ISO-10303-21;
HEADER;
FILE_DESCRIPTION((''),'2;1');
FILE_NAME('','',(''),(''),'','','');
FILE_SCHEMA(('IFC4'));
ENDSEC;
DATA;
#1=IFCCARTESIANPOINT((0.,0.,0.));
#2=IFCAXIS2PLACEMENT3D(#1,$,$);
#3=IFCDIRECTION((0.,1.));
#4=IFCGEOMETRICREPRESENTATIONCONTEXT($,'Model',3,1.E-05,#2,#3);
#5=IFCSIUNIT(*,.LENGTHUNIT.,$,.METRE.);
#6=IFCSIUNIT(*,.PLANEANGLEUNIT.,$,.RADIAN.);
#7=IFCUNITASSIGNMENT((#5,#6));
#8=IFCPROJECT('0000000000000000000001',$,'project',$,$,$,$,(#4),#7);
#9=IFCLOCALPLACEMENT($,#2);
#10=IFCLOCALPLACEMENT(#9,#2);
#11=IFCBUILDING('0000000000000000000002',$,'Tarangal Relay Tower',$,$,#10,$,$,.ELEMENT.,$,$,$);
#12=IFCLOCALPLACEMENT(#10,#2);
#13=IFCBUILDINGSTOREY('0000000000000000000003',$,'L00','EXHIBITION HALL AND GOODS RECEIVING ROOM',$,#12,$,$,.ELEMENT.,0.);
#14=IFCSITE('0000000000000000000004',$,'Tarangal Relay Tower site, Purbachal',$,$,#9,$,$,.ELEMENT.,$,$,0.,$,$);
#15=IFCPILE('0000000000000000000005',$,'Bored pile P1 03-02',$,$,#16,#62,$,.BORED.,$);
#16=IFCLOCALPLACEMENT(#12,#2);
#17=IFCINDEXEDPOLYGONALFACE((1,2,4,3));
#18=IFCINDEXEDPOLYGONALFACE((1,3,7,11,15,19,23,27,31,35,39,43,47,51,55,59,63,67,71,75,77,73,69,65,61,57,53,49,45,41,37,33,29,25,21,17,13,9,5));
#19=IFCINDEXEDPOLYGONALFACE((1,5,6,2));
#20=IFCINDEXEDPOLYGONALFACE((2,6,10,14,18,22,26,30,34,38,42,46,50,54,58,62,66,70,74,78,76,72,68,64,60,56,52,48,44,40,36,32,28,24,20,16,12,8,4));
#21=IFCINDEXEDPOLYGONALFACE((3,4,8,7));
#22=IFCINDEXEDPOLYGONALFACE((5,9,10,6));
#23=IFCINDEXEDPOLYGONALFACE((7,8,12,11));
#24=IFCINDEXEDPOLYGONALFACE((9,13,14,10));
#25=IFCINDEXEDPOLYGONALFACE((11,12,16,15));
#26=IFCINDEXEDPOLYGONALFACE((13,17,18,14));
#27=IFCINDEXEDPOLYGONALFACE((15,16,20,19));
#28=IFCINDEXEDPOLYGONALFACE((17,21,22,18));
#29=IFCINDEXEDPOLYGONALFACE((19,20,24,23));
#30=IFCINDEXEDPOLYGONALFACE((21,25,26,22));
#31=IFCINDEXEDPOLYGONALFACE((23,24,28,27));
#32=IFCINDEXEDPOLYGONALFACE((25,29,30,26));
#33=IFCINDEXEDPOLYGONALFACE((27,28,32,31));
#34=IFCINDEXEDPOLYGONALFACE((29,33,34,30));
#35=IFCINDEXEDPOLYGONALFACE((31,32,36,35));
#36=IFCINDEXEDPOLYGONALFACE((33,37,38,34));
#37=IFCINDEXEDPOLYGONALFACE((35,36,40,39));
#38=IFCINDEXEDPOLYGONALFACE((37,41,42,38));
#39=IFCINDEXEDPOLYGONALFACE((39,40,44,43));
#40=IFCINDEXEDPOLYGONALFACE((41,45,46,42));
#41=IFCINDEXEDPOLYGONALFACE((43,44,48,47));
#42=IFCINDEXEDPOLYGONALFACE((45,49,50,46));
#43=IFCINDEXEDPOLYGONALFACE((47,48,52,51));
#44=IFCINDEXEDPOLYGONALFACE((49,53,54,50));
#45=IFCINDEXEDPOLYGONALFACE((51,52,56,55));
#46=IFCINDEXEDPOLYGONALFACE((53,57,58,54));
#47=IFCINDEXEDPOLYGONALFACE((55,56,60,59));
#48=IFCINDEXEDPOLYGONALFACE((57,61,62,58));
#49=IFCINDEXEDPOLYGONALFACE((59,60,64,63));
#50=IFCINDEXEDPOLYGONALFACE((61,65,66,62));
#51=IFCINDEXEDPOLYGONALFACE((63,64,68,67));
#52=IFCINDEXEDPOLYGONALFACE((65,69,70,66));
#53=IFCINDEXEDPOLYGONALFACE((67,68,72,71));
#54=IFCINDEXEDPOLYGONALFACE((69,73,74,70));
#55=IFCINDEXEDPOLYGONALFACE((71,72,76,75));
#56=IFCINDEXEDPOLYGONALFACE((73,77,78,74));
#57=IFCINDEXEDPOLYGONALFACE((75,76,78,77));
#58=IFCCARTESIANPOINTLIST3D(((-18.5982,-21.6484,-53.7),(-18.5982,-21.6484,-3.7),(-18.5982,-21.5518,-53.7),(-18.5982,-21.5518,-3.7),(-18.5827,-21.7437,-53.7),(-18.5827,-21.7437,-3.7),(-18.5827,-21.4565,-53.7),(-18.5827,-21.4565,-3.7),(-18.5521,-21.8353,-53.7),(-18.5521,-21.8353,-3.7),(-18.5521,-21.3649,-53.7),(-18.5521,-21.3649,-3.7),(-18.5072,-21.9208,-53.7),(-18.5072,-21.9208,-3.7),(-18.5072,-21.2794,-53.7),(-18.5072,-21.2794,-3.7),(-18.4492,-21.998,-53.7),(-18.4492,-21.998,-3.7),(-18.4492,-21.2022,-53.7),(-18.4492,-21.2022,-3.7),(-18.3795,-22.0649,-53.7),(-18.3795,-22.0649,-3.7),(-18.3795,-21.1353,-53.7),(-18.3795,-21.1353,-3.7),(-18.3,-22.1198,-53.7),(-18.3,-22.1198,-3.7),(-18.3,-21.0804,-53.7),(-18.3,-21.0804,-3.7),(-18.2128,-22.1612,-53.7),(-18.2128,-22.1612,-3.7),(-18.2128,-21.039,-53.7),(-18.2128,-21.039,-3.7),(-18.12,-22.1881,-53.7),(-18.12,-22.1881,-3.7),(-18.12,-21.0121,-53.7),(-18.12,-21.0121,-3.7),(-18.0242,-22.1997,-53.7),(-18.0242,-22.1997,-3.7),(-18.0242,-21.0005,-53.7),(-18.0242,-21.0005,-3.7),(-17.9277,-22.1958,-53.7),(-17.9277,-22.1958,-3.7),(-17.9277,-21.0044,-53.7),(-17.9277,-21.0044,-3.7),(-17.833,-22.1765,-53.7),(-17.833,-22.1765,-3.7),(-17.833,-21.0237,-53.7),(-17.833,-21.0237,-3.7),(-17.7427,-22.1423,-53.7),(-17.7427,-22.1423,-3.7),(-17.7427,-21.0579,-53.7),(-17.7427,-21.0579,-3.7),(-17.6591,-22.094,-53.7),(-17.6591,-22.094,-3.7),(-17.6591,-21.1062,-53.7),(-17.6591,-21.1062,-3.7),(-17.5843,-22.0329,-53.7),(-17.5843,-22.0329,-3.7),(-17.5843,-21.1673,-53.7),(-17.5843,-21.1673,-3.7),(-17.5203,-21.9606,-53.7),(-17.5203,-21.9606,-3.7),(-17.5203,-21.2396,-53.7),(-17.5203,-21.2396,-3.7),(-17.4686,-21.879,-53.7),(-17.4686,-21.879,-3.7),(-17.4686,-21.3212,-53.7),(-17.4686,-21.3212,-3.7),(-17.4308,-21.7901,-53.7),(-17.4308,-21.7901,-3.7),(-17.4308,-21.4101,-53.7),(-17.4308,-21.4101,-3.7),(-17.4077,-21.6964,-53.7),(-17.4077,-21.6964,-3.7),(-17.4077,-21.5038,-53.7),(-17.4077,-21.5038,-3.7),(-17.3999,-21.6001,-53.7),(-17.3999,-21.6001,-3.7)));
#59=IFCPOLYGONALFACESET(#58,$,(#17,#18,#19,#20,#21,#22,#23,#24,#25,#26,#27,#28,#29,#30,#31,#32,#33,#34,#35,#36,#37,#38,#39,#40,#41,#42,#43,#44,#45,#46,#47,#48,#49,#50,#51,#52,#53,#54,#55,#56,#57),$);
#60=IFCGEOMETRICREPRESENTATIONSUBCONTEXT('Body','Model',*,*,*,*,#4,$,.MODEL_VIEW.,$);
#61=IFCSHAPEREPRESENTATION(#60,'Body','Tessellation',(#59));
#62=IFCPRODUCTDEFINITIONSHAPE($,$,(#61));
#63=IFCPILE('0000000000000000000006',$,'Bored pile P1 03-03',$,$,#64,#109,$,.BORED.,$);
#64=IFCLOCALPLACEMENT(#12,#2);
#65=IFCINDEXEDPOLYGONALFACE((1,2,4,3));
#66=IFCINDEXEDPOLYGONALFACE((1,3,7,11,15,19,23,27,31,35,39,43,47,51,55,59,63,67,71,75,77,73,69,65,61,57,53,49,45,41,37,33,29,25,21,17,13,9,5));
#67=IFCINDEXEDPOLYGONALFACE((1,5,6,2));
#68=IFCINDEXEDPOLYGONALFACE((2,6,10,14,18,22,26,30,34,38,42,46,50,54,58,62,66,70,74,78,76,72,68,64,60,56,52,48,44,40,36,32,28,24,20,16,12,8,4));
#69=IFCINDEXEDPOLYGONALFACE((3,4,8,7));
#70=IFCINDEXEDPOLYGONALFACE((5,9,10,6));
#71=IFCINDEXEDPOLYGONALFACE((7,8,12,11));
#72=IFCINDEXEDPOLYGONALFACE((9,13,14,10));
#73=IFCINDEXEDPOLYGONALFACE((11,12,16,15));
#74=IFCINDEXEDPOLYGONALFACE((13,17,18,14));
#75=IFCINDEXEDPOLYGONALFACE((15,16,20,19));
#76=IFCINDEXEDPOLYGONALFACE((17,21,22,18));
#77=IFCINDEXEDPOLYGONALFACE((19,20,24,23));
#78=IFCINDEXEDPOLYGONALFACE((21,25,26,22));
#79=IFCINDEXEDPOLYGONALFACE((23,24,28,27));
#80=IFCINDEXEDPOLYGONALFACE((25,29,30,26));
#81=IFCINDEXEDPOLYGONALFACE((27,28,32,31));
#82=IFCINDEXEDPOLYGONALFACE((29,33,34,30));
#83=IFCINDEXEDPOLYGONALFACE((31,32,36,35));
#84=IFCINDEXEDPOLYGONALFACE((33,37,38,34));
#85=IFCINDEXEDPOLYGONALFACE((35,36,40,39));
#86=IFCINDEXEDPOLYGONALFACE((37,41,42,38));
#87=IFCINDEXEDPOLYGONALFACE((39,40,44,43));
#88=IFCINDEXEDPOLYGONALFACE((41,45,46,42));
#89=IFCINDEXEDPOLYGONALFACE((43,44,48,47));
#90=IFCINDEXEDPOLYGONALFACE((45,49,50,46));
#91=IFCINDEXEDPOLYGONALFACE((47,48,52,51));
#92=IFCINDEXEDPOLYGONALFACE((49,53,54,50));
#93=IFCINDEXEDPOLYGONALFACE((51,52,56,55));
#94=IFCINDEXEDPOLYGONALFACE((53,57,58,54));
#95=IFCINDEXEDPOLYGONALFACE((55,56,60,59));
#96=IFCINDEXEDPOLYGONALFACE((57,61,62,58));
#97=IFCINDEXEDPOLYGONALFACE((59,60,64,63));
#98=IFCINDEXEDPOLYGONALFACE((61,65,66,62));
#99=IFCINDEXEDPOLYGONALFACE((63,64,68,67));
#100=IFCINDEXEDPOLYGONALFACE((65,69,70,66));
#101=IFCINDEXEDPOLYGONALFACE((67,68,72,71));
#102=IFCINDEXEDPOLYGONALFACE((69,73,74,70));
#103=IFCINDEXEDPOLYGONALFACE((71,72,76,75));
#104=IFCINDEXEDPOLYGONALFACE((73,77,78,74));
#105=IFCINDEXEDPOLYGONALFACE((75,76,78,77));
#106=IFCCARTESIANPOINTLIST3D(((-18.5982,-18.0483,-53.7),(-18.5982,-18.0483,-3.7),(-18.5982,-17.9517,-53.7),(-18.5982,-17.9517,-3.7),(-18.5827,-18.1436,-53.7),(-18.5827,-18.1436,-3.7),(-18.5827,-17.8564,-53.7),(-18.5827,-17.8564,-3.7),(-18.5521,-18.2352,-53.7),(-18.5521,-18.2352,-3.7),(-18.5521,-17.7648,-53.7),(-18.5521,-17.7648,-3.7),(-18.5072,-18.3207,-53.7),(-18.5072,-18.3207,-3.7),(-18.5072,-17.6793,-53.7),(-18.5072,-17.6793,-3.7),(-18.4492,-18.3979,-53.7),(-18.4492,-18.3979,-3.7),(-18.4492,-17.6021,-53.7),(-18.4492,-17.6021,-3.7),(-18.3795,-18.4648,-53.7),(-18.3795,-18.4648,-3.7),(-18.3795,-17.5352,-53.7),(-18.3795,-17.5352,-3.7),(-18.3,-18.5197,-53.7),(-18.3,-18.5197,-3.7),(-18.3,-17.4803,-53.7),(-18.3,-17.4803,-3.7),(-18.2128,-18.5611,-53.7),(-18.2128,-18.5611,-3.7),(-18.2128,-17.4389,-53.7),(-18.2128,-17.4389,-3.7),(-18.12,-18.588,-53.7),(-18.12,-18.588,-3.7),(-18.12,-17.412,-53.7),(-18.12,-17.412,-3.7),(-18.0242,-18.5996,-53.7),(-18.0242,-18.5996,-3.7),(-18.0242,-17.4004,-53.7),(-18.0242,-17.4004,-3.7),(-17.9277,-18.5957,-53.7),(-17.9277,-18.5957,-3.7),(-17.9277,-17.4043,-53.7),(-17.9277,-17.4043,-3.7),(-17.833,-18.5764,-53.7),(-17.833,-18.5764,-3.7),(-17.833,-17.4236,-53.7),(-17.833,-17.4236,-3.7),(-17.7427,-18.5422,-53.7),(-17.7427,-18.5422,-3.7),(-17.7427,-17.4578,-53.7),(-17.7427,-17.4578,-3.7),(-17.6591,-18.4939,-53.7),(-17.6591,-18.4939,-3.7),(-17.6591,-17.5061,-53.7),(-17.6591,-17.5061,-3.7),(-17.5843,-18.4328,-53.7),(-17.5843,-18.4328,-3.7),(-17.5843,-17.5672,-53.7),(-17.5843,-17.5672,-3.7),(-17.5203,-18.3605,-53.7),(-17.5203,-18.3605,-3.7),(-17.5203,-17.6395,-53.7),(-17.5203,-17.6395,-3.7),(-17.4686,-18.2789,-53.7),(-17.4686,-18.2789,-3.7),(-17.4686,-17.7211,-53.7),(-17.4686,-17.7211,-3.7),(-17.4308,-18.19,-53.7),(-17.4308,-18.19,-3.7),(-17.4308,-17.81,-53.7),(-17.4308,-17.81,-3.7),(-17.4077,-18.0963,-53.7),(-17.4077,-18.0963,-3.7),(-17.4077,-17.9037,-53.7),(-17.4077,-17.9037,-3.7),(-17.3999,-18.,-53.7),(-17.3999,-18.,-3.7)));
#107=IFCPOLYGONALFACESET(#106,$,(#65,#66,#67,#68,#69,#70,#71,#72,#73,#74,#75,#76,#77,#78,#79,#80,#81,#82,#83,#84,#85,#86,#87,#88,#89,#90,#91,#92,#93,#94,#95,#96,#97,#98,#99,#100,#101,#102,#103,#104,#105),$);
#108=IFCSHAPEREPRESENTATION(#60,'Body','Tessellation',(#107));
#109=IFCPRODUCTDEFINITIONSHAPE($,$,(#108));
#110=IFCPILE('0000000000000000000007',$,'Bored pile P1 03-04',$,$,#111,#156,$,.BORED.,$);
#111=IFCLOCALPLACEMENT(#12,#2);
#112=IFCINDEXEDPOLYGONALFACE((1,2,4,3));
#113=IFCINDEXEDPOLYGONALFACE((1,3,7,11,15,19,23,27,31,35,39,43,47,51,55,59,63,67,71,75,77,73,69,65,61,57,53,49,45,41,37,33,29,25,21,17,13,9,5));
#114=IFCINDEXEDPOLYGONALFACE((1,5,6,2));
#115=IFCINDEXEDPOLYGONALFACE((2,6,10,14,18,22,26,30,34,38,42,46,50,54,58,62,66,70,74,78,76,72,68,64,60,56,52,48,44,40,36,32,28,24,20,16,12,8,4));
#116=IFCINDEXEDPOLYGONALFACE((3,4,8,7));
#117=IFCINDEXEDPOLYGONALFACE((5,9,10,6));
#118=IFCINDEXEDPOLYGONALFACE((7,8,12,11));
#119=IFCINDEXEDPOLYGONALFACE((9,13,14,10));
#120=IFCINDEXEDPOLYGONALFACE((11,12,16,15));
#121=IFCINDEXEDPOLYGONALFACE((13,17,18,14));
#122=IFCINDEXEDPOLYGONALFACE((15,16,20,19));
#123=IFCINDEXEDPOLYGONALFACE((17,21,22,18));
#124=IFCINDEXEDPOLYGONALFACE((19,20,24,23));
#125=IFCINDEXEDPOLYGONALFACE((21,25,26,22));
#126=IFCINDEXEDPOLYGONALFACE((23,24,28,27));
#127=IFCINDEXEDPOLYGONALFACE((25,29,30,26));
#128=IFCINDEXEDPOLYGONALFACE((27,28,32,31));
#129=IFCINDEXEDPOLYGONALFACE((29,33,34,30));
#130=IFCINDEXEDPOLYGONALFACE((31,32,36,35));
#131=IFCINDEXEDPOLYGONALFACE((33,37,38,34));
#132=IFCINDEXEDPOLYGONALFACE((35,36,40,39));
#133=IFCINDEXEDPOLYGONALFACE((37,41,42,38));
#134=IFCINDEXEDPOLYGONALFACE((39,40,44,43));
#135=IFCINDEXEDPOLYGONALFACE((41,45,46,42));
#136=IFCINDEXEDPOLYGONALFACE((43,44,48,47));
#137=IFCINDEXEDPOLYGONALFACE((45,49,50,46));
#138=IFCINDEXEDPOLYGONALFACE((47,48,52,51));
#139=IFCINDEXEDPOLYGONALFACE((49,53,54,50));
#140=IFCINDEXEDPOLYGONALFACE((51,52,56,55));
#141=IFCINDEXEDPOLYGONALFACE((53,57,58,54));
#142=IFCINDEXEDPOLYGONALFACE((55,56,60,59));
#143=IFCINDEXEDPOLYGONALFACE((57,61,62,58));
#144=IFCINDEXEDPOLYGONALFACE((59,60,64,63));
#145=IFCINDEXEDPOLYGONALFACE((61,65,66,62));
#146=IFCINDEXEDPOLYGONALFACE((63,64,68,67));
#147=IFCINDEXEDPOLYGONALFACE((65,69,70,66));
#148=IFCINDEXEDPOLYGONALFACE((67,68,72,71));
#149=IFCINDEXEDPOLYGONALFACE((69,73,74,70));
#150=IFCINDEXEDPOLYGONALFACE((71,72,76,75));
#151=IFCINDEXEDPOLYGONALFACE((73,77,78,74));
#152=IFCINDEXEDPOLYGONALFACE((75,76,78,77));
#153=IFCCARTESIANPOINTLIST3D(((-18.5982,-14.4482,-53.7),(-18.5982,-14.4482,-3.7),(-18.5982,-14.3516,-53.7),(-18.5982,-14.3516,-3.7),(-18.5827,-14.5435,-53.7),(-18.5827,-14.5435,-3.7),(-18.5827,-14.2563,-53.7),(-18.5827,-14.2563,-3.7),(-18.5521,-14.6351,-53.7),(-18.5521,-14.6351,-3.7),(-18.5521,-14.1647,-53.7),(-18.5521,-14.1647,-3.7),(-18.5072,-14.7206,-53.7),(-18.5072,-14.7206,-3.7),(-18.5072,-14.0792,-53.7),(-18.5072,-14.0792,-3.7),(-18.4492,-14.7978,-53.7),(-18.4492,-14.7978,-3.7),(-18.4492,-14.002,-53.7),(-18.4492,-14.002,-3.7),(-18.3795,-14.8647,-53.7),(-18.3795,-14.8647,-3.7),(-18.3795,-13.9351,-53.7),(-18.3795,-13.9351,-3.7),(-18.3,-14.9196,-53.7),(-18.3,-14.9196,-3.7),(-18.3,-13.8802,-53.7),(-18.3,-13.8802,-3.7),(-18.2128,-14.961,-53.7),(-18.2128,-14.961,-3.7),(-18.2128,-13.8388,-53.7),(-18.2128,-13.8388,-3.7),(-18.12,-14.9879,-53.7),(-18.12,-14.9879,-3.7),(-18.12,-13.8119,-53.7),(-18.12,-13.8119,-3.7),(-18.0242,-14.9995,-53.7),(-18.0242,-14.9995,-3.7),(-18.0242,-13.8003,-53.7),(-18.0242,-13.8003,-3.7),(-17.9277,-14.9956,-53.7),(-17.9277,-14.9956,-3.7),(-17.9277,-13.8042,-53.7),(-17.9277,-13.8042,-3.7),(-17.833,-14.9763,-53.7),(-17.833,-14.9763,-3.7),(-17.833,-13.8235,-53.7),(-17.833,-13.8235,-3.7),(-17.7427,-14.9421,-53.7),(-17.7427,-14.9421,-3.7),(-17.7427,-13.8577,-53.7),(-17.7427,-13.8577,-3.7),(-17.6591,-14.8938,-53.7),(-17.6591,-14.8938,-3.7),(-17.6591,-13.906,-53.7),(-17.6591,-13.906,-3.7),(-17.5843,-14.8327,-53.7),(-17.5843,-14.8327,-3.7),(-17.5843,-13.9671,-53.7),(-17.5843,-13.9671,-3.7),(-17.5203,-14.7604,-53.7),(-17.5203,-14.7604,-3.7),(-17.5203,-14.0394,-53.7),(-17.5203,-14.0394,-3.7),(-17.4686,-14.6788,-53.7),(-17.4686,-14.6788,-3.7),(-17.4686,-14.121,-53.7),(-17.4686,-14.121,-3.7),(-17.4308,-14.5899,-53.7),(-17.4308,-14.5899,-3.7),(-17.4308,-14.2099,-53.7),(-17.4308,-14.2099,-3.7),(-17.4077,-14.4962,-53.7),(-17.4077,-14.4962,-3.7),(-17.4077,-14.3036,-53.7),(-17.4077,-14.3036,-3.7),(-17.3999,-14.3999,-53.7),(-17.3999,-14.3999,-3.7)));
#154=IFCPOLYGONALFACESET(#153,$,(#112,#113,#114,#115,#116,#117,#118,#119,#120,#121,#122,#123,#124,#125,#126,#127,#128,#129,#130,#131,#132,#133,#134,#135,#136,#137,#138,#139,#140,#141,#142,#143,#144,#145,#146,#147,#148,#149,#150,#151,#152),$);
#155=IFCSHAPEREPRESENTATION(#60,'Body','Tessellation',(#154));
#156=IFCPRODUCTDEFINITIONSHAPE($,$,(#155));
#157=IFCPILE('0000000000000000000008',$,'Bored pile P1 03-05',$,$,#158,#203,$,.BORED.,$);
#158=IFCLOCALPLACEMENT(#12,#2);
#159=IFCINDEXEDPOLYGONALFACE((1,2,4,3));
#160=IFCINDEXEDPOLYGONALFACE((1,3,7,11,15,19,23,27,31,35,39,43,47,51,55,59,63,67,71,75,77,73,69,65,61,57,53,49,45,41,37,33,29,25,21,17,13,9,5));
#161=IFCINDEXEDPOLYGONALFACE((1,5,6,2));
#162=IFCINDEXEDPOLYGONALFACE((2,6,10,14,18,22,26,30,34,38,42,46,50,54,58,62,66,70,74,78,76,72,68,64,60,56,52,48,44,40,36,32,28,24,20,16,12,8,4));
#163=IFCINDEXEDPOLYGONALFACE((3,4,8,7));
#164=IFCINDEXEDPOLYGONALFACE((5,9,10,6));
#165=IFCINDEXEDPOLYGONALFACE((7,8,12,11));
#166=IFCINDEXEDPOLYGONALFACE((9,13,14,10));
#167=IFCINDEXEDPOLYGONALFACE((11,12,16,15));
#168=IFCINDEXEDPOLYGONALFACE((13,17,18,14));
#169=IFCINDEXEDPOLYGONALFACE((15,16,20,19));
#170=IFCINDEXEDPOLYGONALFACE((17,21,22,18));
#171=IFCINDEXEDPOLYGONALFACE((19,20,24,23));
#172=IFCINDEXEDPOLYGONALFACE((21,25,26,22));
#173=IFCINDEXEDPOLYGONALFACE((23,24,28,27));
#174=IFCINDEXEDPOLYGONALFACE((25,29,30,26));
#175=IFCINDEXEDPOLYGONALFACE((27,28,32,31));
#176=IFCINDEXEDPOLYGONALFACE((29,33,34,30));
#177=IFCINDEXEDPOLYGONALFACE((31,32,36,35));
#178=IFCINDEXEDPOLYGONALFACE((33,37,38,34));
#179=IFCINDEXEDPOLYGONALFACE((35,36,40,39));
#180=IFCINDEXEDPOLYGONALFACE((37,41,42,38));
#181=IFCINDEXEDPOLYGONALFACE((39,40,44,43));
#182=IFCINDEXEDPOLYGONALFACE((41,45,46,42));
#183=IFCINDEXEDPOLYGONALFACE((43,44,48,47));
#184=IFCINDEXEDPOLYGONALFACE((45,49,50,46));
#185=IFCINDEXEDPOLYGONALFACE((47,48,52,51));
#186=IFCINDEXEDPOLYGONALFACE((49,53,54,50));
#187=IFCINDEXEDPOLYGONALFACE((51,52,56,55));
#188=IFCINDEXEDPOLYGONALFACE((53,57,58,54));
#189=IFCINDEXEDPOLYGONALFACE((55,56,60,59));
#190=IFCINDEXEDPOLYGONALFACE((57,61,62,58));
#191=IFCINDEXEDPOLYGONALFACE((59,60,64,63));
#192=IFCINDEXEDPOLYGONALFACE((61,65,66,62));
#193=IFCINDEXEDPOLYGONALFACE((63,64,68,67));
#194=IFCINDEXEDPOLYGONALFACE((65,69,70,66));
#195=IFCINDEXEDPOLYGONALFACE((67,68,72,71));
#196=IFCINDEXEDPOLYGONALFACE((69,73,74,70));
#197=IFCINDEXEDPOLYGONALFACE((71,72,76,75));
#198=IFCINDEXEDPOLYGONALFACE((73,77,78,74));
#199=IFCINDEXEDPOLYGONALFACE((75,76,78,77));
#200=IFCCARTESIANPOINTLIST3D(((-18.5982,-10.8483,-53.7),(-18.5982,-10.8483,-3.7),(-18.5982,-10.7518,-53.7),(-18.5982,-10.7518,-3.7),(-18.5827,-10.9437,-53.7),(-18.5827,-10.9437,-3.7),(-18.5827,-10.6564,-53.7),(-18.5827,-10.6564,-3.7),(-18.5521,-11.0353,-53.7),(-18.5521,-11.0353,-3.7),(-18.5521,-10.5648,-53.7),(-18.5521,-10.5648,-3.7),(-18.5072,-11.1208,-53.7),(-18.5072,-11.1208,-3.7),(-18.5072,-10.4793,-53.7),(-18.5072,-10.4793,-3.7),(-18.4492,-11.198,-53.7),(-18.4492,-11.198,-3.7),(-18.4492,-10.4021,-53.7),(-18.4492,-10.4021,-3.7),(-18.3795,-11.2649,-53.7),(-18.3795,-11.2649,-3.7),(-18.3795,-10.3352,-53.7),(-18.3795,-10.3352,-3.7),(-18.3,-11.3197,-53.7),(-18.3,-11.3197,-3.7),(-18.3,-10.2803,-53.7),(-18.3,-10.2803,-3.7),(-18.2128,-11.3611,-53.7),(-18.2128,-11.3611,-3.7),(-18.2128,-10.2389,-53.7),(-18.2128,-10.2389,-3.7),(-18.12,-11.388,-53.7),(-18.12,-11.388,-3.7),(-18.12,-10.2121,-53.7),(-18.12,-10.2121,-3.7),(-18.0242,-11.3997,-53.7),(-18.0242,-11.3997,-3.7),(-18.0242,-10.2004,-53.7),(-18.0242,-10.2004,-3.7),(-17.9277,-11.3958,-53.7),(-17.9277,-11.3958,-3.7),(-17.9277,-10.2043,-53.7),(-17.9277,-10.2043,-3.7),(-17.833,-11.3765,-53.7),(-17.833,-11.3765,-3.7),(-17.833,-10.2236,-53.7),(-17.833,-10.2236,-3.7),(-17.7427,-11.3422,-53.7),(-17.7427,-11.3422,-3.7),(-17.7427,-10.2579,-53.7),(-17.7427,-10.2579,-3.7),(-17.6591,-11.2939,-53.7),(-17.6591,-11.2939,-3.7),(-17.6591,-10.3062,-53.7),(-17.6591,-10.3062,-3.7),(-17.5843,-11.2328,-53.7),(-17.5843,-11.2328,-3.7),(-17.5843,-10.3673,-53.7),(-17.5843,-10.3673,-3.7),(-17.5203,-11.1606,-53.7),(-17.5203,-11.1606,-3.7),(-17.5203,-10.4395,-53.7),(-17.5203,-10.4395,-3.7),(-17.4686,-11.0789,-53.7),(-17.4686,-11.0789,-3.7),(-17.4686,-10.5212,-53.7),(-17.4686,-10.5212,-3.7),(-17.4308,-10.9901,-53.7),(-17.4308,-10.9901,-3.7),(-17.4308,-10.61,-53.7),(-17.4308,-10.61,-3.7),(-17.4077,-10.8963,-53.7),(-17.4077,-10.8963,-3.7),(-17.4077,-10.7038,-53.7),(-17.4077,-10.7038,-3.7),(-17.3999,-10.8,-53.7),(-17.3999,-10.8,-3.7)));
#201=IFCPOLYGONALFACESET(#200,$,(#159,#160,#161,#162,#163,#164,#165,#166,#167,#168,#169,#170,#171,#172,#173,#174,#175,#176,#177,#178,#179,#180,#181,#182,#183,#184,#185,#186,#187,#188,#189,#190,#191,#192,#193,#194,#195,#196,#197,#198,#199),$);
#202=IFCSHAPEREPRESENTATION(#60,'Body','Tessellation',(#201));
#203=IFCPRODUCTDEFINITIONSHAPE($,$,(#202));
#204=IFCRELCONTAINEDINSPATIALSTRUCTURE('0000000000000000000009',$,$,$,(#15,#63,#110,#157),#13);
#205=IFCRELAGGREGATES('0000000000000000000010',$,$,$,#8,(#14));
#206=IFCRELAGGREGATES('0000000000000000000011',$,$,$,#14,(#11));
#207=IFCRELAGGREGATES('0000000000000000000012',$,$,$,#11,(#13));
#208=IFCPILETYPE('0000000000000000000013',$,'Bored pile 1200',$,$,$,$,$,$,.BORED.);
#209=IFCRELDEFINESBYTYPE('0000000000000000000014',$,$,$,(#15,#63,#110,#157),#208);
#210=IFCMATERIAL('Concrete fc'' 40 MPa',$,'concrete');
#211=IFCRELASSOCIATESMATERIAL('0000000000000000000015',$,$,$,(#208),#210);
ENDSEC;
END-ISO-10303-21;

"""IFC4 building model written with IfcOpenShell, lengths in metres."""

from ifc_helpers import new_model, si_unit, direction, frame, origin, origin_2d, place, context, subcontext, project, spatial, circle, extrude, material, material_profile, profile_set, type_object, element, save


model = new_model("IFC4")

# Units and contexts
model_context = context("Model", 3, precision=1e-05, world=origin(), true_north=direction((0.0, 1.0)))
body_context = subcontext(model_context, "Body", "Model", "MODEL_VIEW")
ifc_project = project(units=[si_unit("LENGTHUNIT", "METRE"), si_unit("PLANEANGLEUNIT", "RADIAN")], contexts=[model_context])

# Site, building, storey
site_placement = place(None, origin())
site = spatial("IfcSite", under=ifc_project, at=site_placement, Name="Tarangal Relay Tower site, Purbachal", CompositionType="ELEMENT", RefElevation=0.0)
building_placement = place(site_placement, origin())
building = spatial("IfcBuilding", under=site, at=building_placement, Name="Tarangal Relay Tower", CompositionType="ELEMENT")
storey_placement = place(building_placement, origin())
storey = spatial("IfcBuildingStorey", under=building, at=storey_placement, Name="L00", Description="EXHIBITION HALL AND GOODS RECEIVING ROOM", CompositionType="ELEMENT", Elevation=0.0)

# Piles
ifc_material_1 = material(Name="Concrete fc' 40 MPa", Category="concrete")
ifc_material_profile = material_profile(ifc_material_1, circle(Radius=0.6001, at=origin_2d()), Name="D1200")
ifc_profile_set = profile_set([ifc_material_profile], Name="Concrete fc' 40 MPa")
pile_type = type_object("IfcPileType", Name="Bored pile 1200", PredefinedType="BORED", material=ifc_profile_set)
for number, where, z_axis, x_axis, name in (
    (1, (-18.0, -21.6001, -3.7), (0.0, 0.0, -1.0), (1.0, 0.0, 0.0), "Bored pile P1 03-02"),
    (2, (-18.0, -18.0, -3.7), (0.0, 0.0, -1.0), (1.0, 0.0, 0.0), "Bored pile P1 03-03"),
    (3, (-18.0, -14.3999, -3.7), (0.0, 0.0, -1.0), (1.0, 0.0, 0.0), "Bored pile P1 03-04"),
    (4, (-18.0, -10.8, -3.7), (0.0, 0.0, -1.0), (1.0, 0.0, 0.0), "Bored pile P1 03-05"),
):
    element("IfcPile", number, at=place(storey_placement, frame(where, z_axis=z_axis, x_axis=x_axis)), inside=storey, type_object=pile_type, Name=name, PredefinedType="BORED", context=body_context, shape_type="SweptSolid", body=[
        extrude(circle(Radius=0.6001, at=origin_2d()), origin(), (0.0, 0.0, 1.0), 50.0),
    ])

save(model, "model.ifc")
